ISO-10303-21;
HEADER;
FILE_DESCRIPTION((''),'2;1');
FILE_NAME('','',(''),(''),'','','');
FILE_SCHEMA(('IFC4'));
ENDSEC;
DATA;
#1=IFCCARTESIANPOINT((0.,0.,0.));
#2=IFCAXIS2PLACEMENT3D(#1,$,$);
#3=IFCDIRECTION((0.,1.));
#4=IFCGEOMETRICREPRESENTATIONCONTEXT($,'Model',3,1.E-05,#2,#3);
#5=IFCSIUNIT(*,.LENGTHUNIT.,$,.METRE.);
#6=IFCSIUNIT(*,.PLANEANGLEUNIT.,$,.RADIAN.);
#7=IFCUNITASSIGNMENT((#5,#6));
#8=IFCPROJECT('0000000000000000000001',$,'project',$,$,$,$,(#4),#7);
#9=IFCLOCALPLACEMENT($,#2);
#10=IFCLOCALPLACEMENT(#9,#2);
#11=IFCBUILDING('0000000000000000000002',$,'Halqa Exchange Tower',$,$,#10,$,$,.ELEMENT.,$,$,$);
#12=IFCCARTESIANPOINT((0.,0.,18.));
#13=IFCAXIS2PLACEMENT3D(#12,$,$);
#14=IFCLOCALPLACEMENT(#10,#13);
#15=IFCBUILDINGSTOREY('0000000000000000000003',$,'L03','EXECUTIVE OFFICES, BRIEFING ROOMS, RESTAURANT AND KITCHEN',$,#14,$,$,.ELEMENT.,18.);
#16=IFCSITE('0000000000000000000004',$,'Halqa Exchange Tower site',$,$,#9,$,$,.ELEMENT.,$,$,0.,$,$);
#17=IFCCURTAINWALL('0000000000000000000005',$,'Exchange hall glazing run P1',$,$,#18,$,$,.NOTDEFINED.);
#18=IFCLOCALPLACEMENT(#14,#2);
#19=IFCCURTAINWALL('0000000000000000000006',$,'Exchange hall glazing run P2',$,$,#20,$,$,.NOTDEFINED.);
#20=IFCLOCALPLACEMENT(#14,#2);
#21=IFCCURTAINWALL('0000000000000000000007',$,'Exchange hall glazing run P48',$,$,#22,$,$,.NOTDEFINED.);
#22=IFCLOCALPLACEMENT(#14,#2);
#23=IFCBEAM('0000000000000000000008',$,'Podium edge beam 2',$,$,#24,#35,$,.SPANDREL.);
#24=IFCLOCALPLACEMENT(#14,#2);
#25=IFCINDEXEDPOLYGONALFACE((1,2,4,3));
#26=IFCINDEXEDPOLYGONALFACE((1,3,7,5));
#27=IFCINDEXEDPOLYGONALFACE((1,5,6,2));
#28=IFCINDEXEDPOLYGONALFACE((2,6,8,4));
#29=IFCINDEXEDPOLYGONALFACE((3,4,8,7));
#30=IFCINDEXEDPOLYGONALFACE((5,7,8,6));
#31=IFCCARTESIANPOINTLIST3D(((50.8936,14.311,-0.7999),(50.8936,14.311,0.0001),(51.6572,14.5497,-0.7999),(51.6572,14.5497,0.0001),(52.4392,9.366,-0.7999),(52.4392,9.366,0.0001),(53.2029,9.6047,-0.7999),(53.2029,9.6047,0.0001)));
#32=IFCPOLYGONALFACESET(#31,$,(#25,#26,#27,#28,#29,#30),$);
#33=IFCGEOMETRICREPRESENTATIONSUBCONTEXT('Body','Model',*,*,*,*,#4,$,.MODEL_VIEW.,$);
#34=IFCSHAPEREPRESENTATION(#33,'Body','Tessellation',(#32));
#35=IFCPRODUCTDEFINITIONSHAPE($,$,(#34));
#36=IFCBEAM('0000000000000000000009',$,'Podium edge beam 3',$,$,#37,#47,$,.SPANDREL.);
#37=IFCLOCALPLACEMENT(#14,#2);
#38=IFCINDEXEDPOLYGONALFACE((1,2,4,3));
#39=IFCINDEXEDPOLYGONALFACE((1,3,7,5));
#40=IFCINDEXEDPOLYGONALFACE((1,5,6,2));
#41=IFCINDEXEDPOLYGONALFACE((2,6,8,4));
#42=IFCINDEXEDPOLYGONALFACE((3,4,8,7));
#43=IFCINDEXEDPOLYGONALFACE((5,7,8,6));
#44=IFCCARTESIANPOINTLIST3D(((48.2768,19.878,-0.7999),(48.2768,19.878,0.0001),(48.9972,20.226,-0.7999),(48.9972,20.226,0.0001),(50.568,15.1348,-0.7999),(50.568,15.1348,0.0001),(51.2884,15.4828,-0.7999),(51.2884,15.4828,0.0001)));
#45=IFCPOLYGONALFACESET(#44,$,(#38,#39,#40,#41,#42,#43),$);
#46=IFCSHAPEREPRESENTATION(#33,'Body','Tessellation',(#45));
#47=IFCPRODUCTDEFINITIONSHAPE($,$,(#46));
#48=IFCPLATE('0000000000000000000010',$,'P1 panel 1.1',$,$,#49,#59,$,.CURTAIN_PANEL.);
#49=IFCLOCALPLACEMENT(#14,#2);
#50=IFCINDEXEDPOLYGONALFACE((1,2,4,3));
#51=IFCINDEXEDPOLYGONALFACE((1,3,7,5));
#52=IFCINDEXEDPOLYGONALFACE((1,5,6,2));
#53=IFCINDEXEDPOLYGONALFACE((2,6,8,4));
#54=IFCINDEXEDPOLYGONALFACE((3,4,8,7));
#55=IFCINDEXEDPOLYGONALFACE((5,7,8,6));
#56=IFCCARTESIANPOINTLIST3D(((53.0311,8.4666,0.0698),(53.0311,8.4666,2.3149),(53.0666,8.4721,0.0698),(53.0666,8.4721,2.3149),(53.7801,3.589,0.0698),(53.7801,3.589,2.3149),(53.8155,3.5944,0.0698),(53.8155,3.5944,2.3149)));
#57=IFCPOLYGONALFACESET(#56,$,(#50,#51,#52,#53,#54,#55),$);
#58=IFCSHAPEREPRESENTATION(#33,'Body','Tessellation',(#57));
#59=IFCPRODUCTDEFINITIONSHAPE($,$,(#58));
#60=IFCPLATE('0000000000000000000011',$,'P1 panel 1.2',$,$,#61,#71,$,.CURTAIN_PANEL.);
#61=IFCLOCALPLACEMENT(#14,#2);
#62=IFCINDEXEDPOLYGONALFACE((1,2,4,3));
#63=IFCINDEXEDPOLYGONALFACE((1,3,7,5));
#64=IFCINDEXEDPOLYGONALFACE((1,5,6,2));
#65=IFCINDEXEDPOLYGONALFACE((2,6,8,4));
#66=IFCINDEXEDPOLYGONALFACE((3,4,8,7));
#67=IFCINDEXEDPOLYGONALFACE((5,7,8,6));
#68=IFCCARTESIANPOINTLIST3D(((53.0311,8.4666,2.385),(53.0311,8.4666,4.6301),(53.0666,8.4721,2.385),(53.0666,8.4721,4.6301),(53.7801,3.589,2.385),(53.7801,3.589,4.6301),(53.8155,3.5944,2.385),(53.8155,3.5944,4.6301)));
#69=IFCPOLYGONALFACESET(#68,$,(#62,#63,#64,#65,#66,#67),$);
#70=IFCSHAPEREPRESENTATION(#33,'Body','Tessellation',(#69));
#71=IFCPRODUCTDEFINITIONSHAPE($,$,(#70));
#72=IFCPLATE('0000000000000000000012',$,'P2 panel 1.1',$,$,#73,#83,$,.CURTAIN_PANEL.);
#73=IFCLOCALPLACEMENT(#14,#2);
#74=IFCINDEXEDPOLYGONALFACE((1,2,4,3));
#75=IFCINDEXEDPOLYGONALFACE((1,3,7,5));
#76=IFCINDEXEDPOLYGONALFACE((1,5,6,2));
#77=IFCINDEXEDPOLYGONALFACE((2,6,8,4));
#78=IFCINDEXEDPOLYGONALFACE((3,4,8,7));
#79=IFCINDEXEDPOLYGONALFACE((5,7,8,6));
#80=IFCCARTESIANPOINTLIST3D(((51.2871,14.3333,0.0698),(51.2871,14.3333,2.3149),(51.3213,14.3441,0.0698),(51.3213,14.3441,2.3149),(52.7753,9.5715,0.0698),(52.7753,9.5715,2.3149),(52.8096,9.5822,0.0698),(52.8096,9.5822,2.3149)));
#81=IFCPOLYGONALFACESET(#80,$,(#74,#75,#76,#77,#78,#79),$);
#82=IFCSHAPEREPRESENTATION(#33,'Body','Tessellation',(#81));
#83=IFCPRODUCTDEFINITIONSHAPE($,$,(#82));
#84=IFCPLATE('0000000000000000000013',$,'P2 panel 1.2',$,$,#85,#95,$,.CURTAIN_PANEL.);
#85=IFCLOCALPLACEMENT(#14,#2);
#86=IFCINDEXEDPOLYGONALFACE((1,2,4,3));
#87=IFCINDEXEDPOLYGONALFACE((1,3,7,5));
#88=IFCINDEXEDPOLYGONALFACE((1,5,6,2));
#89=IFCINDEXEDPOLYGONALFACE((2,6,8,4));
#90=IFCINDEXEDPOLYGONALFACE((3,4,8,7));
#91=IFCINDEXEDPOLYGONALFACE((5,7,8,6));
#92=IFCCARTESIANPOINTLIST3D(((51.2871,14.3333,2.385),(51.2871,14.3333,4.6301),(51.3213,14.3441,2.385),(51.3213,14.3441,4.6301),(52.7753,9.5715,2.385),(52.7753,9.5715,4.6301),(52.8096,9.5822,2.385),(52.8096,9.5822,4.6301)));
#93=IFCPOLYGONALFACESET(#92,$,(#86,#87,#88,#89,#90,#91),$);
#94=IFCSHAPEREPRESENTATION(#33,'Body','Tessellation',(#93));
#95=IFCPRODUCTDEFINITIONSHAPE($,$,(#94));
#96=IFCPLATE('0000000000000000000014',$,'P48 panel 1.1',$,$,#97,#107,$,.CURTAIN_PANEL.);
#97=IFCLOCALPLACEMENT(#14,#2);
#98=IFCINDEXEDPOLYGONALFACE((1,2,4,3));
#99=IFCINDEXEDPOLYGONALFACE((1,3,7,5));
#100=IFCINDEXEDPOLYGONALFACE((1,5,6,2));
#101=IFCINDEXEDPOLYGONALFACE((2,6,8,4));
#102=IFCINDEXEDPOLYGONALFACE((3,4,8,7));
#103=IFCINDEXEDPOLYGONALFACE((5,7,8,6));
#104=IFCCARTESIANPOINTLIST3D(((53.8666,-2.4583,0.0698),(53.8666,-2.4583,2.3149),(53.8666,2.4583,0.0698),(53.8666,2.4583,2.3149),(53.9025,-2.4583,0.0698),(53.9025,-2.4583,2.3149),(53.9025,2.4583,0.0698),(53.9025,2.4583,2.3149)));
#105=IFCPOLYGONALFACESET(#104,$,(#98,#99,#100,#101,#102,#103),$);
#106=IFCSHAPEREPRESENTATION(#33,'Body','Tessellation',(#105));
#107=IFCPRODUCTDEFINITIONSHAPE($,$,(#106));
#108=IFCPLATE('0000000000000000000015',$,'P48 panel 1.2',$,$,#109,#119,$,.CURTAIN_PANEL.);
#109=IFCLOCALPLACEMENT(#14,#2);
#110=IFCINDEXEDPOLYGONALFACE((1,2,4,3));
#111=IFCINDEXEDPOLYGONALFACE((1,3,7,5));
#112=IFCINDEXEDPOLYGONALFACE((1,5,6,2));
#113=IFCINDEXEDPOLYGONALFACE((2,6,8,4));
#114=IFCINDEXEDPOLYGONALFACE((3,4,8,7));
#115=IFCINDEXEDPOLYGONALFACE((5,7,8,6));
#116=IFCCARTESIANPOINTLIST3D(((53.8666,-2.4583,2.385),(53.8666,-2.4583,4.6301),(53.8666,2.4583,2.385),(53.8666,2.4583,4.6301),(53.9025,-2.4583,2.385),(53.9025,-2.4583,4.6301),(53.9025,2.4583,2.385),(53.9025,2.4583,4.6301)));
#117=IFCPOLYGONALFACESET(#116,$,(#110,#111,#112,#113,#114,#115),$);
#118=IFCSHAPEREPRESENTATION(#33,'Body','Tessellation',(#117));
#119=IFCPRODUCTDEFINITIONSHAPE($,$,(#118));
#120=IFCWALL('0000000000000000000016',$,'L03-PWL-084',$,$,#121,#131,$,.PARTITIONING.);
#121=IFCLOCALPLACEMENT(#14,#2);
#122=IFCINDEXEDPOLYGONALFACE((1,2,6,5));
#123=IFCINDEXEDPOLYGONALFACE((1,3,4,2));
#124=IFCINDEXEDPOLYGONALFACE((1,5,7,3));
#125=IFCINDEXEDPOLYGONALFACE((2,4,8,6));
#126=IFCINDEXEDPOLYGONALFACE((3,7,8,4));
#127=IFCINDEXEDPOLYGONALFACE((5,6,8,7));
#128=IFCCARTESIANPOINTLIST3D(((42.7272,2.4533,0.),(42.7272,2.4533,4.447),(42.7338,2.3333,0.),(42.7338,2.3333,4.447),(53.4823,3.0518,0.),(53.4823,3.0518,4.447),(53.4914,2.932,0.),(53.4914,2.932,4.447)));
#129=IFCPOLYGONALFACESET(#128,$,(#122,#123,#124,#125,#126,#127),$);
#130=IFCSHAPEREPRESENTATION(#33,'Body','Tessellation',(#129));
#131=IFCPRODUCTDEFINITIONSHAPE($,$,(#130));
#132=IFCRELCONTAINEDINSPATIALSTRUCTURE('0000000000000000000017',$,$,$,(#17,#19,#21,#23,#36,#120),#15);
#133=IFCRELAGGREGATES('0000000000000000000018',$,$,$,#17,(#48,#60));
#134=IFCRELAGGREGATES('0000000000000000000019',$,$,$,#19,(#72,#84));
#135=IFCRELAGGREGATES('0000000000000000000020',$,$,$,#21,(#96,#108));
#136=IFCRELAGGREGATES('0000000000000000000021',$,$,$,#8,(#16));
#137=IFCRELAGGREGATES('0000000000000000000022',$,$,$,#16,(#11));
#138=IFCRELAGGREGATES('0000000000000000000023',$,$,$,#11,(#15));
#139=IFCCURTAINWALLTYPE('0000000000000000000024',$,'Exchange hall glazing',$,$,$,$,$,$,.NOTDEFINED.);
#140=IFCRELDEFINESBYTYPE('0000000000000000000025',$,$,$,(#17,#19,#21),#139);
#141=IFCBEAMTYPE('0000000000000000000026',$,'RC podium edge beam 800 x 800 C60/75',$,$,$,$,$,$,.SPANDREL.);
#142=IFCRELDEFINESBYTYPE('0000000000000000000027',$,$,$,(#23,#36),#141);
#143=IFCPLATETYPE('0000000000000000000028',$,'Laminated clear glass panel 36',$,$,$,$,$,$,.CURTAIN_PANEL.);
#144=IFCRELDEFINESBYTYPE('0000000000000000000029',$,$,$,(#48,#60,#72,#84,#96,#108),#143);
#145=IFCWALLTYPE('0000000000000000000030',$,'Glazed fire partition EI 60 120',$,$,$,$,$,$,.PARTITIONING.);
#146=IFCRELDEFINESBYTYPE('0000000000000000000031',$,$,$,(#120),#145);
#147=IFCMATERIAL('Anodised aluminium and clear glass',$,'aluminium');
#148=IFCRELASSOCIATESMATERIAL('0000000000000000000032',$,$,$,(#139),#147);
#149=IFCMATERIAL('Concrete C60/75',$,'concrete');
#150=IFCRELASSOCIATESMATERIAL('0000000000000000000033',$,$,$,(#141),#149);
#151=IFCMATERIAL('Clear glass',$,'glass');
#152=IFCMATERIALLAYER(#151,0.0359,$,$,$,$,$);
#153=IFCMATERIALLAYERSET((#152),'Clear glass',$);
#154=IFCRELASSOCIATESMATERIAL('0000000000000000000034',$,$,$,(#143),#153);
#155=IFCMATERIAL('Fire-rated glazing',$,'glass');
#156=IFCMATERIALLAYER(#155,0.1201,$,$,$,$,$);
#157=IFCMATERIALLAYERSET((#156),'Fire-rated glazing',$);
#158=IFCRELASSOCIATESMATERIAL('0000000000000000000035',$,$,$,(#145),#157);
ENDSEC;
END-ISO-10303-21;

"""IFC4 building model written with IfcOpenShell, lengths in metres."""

from ifc_helpers import new_model, si_unit, direction, frame, origin, origin_2d, place, context, subcontext, project, spatial, polyline, rectangle, outline, extrude, material, layer, layer_set, material_profile, profile_set, type_object, element, aggregate, save


model = new_model("IFC4")

# Units and contexts
model_context = context("Model", 3, precision=1e-05, world=origin(), true_north=direction((0.0, 1.0)))
body_context = subcontext(model_context, "Body", "Model", "MODEL_VIEW")
ifc_project = project(units=[si_unit("LENGTHUNIT", "METRE"), si_unit("PLANEANGLEUNIT", "RADIAN")], contexts=[model_context])

# Site, building, storey
site_placement = place(None, origin())
site = spatial("IfcSite", under=ifc_project, at=site_placement, Name="Halqa Exchange Tower site", CompositionType="ELEMENT", RefElevation=0.0)
building_placement = place(site_placement, origin())
building = spatial("IfcBuilding", under=site, at=building_placement, Name="Halqa Exchange Tower", CompositionType="ELEMENT")
storey_placement = place(building_placement, frame((0.0, 0.0, 18.0)))
storey = spatial("IfcBuildingStorey", under=building, at=storey_placement, Name="L03", Description="EXECUTIVE OFFICES, BRIEFING ROOMS, RESTAURANT AND KITCHEN", CompositionType="ELEMENT", Elevation=18.0)

# Shared definitions
ifc_material_1 = material(Name="Concrete C60/75", Category="concrete")

# Curtain walls
ifc_material_2 = material(Name="Anodised aluminium and clear glass", Category="aluminium")
curtain_wall_type = type_object("IfcCurtainWallType", Name="Exchange hall glazing", PredefinedType="NOTDEFINED", material=ifc_material_2)
curtain_wall_1_placement = place(storey_placement, origin())
curtain_wall_1 = element("IfcCurtainWall", 1, at=curtain_wall_1_placement, inside=storey, type_object=curtain_wall_type, Name="Exchange hall glazing run P1", PredefinedType="NOTDEFINED")
curtain_wall_2_placement = place(storey_placement, origin())
curtain_wall_2 = element("IfcCurtainWall", 2, at=curtain_wall_2_placement, inside=storey, type_object=curtain_wall_type, Name="Exchange hall glazing run P2", PredefinedType="NOTDEFINED")

# Curtain wall
curtain_wall_3_placement = place(storey_placement, origin())
curtain_wall_3 = element("IfcCurtainWall", 3, at=curtain_wall_3_placement, inside=storey, type_object=curtain_wall_type, Name="Exchange hall glazing run P48", PredefinedType="NOTDEFINED")

# Beams
ifc_material_profile_1 = material_profile(ifc_material_1, rectangle(XDim=0.8, YDim=0.8, at=origin_2d()), Name="800 x 800")
ifc_profile_set_1 = profile_set([ifc_material_profile_1], Name="Concrete C60/75")
beam_type = type_object("IfcBeamType", Name="RC podium edge beam 800 x 800 C60/75", PredefinedType="SPANDREL", material=ifc_profile_set_1)
beam_1_placement = place(storey_placement, frame((52.821, 9.4854, -0.3999), z_axis=(-0.298331, 0.954462, 0.0), x_axis=(-0.954462, -0.298331, 0.0)))
element("IfcBeam", 4, at=beam_1_placement, inside=storey, type_object=beam_type, Name="Podium edge beam 2", PredefinedType="SPANDREL", context=body_context, shape_type="SweptSolid", body=[
    extrude(rectangle(XDim=0.8, YDim=0.8, at=origin_2d()), origin(), (0.0, 0.0, 1.0), 5.1809),
])
beam_2_placement = place(storey_placement, frame((50.9282, 15.3088, -0.3999), z_axis=(-0.434973, 0.900443, 0.0), x_axis=(-0.900443, -0.434973, 0.0)))
element("IfcBeam", 5, at=beam_2_placement, inside=storey, type_object=beam_type, Name="Podium edge beam 3", PredefinedType="SPANDREL", context=body_context, shape_type="SweptSolid", body=[
    extrude(rectangle(XDim=0.8, YDim=0.8, at=origin_2d()), origin(), (0.0, 0.0, 1.0), 5.2676),
])

# Plates
ifc_material_3 = material(Name="Clear glass", Category="glass")
ifc_layer_1 = layer(ifc_material_3, 0.0359)
ifc_layer_set_1 = layer_set([ifc_layer_1], Name="Clear glass")
plate_type = type_object("IfcPlateType", Name="Laminated clear glass panel 36", PredefinedType="CURTAIN_PANEL", material=ifc_layer_set_1)
plate_1_placement = place(storey_placement, frame((53.4233, 6.0305, 0.0698), z_axis=(0.0, 0.0, 1.0), x_axis=(-0.151767, 0.988416, 0.0)))
plate_1 = element("IfcPlate", 6, at=plate_1_placement, type_object=plate_type, Name="P1 panel 1.1", PredefinedType="CURTAIN_PANEL", context=body_context, shape_type="SweptSolid", body=[
    extrude(rectangle(XDim=4.9348, YDim=0.0359, at=origin_2d()), origin(), (0.0, 0.0, 1.0), 2.2451),
])
plate_2_placement = place(storey_placement, frame((53.4233, 6.0305, 2.385), z_axis=(0.0, 0.0, 1.0), x_axis=(-0.151767, 0.988416, 0.0)))
plate_2 = element("IfcPlate", 7, at=plate_2_placement, type_object=plate_type, Name="P1 panel 1.2", PredefinedType="CURTAIN_PANEL", context=body_context, shape_type="SweptSolid", body=[
    extrude(rectangle(XDim=4.9348, YDim=0.0359, at=origin_2d()), origin(), (0.0, 0.0, 1.0), 2.2451),
])
aggregate(curtain_wall_1, [plate_1, plate_2])
plate_3_placement = place(storey_placement, frame((52.0483, 11.9578, 0.0698), z_axis=(0.0, 0.0, 1.0), x_axis=(-0.298303, 0.954471, 0.0)))
plate_3 = element("IfcPlate", 8, at=plate_3_placement, type_object=plate_type, Name="P2 panel 1.1", PredefinedType="CURTAIN_PANEL", context=body_context, shape_type="SweptSolid", body=[
    extrude(rectangle(XDim=4.989, YDim=0.0359, at=origin_2d()), origin(), (0.0, 0.0, 1.0), 2.2451),
])
plate_4_placement = place(storey_placement, frame((52.0483, 11.9578, 2.385), z_axis=(0.0, 0.0, 1.0), x_axis=(-0.298303, 0.954471, 0.0)))
plate_4 = element("IfcPlate", 9, at=plate_4_placement, type_object=plate_type, Name="P2 panel 1.2", PredefinedType="CURTAIN_PANEL", context=body_context, shape_type="SweptSolid", body=[
    extrude(rectangle(XDim=4.989, YDim=0.0359, at=origin_2d()), origin(), (0.0, 0.0, 1.0), 2.2451),
])
aggregate(curtain_wall_2, [plate_3, plate_4])
plate_5_placement = place(storey_placement, frame((53.8845, 0.0, 0.0698), z_axis=(0.0, 0.0, 1.0), x_axis=(0.0, 1.0, 0.0)))
plate_5 = element("IfcPlate", 10, at=plate_5_placement, type_object=plate_type, Name="P48 panel 1.1", PredefinedType="CURTAIN_PANEL", context=body_context, shape_type="SweptSolid", body=[
    extrude(rectangle(XDim=4.9165, YDim=0.0359, at=origin_2d()), origin(), (0.0, 0.0, 1.0), 2.2451),
])
plate_6_placement = place(storey_placement, frame((53.8845, 0.0, 2.385), z_axis=(0.0, 0.0, 1.0), x_axis=(0.0, 1.0, 0.0)))
plate_6 = element("IfcPlate", 11, at=plate_6_placement, type_object=plate_type, Name="P48 panel 1.2", PredefinedType="CURTAIN_PANEL", context=body_context, shape_type="SweptSolid", body=[
    extrude(rectangle(XDim=4.9165, YDim=0.0359, at=origin_2d()), origin(), (0.0, 0.0, 1.0), 2.2451),
])
aggregate(curtain_wall_3, [plate_5, plate_6])

# Wall
ifc_material_4 = material(Name="Fire-rated glazing", Category="glass")
ifc_layer_2 = layer(ifc_material_4, 0.1201)
ifc_layer_set_2 = layer_set([ifc_layer_2], Name="Fire-rated glazing")
wall_type = type_object("IfcWallType", Name="Glazed fire partition EI 60 120", PredefinedType="PARTITIONING", material=ifc_layer_set_2)
wall_placement = place(storey_placement, frame((53.4868, 2.9919, 0.0), z_axis=(0.0, 0.0, 1.0), x_axis=(-0.998455, -0.055568, 0.0)))
element("IfcWall", 12, at=wall_placement, inside=storey, type_object=wall_type, Name="L03-PWL-084", PredefinedType="PARTITIONING", context=body_context, shape_type="SweptSolid", body=[
    extrude(outline(polyline([(0.0012, -0.0601), (10.7729, -0.0601), (10.7729, 0.0601), (-0.0012, 0.0601), (0.0012, -0.0601)])), origin(), (0.0, 0.0, 1.0), 4.447),
])

save(model, "model.ifc")
